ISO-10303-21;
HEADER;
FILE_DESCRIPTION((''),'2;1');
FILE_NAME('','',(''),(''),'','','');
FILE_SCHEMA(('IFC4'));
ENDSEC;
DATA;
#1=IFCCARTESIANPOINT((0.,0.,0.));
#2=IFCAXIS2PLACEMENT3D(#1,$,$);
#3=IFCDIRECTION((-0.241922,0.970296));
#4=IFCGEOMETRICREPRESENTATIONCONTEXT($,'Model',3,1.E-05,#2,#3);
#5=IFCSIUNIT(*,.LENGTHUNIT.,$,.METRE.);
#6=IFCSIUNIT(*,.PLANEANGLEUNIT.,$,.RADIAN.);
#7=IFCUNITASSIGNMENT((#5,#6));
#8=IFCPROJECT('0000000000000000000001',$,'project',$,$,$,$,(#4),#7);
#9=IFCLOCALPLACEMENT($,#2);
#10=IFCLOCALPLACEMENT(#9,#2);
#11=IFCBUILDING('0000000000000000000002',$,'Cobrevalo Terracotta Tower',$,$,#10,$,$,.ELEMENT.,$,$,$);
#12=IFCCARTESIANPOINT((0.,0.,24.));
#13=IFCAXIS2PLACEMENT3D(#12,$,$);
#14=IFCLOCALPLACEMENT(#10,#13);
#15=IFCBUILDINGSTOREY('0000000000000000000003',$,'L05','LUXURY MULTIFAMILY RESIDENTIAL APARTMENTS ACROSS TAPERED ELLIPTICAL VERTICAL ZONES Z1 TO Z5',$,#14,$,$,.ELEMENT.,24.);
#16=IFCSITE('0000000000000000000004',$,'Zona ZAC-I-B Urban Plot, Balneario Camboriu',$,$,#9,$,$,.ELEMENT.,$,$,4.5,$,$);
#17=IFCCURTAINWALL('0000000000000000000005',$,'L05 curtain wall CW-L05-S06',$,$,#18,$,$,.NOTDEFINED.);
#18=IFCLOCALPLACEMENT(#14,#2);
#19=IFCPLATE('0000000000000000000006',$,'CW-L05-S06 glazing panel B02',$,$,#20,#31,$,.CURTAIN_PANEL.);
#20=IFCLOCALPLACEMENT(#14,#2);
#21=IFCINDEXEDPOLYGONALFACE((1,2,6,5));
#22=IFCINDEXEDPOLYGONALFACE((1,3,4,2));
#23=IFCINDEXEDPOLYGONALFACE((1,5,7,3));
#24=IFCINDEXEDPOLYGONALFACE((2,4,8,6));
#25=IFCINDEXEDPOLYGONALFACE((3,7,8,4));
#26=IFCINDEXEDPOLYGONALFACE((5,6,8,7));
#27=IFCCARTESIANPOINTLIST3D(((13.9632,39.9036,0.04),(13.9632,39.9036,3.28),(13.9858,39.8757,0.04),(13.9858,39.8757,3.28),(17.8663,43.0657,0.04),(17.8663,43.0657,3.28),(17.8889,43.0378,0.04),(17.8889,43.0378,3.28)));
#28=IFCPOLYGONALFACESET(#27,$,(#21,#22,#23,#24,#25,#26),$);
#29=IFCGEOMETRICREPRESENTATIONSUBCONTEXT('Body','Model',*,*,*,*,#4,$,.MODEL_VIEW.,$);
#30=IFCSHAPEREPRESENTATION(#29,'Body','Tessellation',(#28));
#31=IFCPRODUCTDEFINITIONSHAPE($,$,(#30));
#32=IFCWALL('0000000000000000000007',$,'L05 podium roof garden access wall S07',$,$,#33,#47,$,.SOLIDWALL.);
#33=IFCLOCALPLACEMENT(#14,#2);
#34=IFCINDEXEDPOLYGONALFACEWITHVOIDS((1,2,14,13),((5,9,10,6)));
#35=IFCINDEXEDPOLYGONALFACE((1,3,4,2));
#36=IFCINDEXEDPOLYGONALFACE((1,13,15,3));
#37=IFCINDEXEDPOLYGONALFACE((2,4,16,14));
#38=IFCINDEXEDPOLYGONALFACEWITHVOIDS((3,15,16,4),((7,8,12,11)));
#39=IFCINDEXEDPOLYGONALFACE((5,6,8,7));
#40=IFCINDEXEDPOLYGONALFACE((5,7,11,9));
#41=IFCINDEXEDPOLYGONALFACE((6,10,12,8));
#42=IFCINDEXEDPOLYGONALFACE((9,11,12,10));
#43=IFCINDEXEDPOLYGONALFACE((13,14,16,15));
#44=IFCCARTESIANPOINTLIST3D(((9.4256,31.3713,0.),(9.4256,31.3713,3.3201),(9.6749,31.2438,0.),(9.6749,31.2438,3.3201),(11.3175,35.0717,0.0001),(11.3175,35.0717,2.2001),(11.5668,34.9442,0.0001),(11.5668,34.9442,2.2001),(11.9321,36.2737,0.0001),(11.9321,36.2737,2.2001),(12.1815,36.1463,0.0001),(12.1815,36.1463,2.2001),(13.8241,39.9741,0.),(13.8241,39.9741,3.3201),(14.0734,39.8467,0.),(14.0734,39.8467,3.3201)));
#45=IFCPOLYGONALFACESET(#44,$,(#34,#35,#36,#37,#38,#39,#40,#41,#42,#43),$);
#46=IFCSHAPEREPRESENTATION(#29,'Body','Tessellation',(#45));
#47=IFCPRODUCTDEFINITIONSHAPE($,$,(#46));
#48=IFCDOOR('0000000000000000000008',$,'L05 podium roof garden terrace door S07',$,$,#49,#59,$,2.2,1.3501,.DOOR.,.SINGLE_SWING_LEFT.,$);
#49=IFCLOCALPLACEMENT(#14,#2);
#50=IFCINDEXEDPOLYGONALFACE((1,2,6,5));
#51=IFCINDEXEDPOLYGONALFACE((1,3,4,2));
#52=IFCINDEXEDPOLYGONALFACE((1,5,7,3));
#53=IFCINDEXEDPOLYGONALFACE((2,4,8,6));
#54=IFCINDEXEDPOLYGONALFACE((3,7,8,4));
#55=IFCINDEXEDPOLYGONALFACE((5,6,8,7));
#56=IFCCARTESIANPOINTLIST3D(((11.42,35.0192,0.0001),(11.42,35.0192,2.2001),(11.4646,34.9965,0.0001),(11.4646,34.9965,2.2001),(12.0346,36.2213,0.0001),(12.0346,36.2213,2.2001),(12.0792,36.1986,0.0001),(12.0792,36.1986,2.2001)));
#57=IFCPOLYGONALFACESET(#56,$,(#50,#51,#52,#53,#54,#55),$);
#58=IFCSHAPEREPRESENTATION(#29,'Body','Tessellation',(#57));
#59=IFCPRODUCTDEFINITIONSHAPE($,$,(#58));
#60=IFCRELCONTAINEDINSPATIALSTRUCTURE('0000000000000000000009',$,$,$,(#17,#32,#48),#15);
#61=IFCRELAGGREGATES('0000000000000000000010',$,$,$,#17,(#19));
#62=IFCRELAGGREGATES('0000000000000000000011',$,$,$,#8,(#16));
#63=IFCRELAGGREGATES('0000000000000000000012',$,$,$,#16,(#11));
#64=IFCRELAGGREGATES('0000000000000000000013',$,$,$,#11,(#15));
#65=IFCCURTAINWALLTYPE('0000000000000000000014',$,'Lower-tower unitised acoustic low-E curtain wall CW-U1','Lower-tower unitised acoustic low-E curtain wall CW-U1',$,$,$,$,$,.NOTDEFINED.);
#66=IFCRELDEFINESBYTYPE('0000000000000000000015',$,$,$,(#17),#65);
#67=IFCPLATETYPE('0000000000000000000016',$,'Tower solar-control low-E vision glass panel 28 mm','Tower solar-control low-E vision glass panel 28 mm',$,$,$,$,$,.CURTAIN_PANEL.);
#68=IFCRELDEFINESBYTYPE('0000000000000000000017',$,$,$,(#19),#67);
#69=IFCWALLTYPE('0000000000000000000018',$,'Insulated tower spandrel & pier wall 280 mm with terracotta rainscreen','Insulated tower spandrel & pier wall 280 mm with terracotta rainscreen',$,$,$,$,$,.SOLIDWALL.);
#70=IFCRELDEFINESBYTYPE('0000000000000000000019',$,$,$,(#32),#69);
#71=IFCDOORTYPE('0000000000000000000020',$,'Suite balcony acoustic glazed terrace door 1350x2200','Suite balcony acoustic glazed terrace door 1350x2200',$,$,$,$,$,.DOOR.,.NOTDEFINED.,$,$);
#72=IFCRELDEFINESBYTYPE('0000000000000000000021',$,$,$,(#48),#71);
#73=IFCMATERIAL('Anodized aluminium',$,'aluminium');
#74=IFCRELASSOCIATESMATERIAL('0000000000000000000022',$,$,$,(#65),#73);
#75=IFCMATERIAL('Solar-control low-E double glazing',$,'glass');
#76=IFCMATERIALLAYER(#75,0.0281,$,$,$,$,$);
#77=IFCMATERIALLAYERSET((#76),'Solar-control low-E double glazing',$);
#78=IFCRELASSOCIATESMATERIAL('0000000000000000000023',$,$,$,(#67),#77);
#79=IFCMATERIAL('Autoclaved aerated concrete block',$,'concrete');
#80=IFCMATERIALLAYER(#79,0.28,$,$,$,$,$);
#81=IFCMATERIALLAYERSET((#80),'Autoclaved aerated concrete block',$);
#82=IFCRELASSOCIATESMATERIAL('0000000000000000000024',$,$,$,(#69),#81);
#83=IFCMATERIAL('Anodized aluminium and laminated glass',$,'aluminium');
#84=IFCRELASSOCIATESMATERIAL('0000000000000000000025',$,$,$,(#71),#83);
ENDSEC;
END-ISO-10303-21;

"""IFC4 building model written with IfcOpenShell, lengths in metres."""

from ifc_helpers import new_model, si_unit, direction, frame, frame_2d, origin, origin_2d, place, context, subcontext, project, spatial, rectangle, extrude, source, transform, mapped, material, layer, layer_set, type_object, element, fill, aggregate, save


model = new_model("IFC4")

# Units and contexts
model_context = context("Model", 3, precision=1e-05, world=origin(), true_north=direction((-0.241922, 0.970296)))
body_context = subcontext(model_context, "Body", "Model", "MODEL_VIEW")
ifc_project = project(units=[si_unit("LENGTHUNIT", "METRE"), si_unit("PLANEANGLEUNIT", "RADIAN")], contexts=[model_context])

# Site, building, storey
site_placement = place(None, origin())
site = spatial("IfcSite", under=ifc_project, at=site_placement, Name="Zona ZAC-I-B Urban Plot, Balneario Camboriu", CompositionType="ELEMENT", RefElevation=4.5)
building_placement = place(site_placement, origin())
building = spatial("IfcBuilding", under=site, at=building_placement, Name="Cobrevalo Terracotta Tower", CompositionType="ELEMENT")
storey_placement = place(building_placement, frame((0.0, 0.0, 24.0)))
storey = spatial("IfcBuildingStorey", under=building, at=storey_placement, Name="L05", Description="LUXURY MULTIFAMILY RESIDENTIAL APARTMENTS ACROSS TAPERED ELLIPTICAL VERTICAL ZONES Z1 TO Z5", CompositionType="ELEMENT", Elevation=24.0)

# Curtain wall, plate
ifc_material_1 = material(Name="Anodized aluminium", Category="aluminium")
curtain_wall_type = type_object("IfcCurtainWallType", Name="Lower-tower unitised acoustic low-E curtain wall CW-U1", Description="Lower-tower unitised acoustic low-E curtain wall CW-U1", PredefinedType="NOTDEFINED", material=ifc_material_1)
curtain_wall_placement = place(storey_placement, origin())
curtain_wall = element("IfcCurtainWall", 1, at=curtain_wall_placement, inside=storey, type_object=curtain_wall_type, Name="L05 curtain wall CW-L05-S06", PredefinedType="NOTDEFINED")
ifc_material_2 = material(Name="Solar-control low-E double glazing", Category="glass")
ifc_layer_1 = layer(ifc_material_2, 0.0281)
ifc_layer_set_1 = layer_set([ifc_layer_1], Name="Solar-control low-E double glazing")
plate_type = type_object("IfcPlateType", Name="Tower solar-control low-E vision glass panel 28 mm", Description="Tower solar-control low-E vision glass panel 28 mm", PredefinedType="CURTAIN_PANEL", material=ifc_layer_set_1)
shared_shape_1 = source(origin(), body_context, "Body", "SweptSolid", [
    extrude(rectangle(XDim=5.0232, YDim=0.0359, at=origin_2d()), origin(), (0.0, 0.0, 1.0), 3.24),
])
plate_1_placement = place(storey_placement, frame((15.926, 41.4707, 0.04), z_axis=(0.0, 0.0, 1.0), x_axis=(-0.777008, -0.629491, 0.0)))
plate_1 = element("IfcPlate", 2, at=plate_1_placement, type_object=plate_type, Name="CW-L05-S06 glazing panel B02", PredefinedType="CURTAIN_PANEL", context=body_context, shape_type="MappedRepresentation", body=[
    mapped(shared_shape_1, transform((0.0, 0.0, 0.0), scale=1.0)),
])
aggregate(curtain_wall, [plate_1])

# Wall, opening, door
ifc_material_3 = material(Name="Autoclaved aerated concrete block", Category="concrete")
ifc_layer_2 = layer(ifc_material_3, 0.28)
ifc_layer_set_2 = layer_set([ifc_layer_2], Name="Autoclaved aerated concrete block")
wall_type = type_object("IfcWallType", Name="Insulated tower spandrel & pier wall 280 mm with terracotta rainscreen", Description="Insulated tower spandrel & pier wall 280 mm with terracotta rainscreen", PredefinedType="SOLIDWALL", material=ifc_layer_set_2)
wall_placement = place(storey_placement, frame((13.9487, 39.9104, 0.0), z_axis=(0.0, 0.0, 1.0), x_axis=(-0.455231, -0.890373, 0.0)))
wall = element("IfcWall", 3, at=wall_placement, inside=storey, type_object=wall_type, Name="L05 podium roof garden access wall S07", PredefinedType="SOLIDWALL", context=body_context, shape_type="SweptSolid", body=[
    extrude(rectangle(XDim=9.6621, YDim=0.28, at=frame_2d((4.8311, 0.0))), origin(), (0.0, 0.0, 1.0), 3.3201),
])
opening_placement = place(wall_placement, frame((4.156, 0.0, 0.0)))
opening = element("IfcOpeningElement", 4, at=opening_placement, cuts=wall, PredefinedType="OPENING", context=body_context, shape_type="SweptSolid", body=[
    extrude(rectangle(XDim=1.3501, YDim=2.2, at=frame_2d((0.675, 1.1001))), frame((0.0, 0.1499, 0.0), z_axis=(0.0, -1.0, 0.0), x_axis=(1.0, 0.0, 0.0)), (0.0, 0.0, 1.0), 0.3),
])
ifc_material_4 = material(Name="Anodized aluminium and laminated glass", Category="aluminium")
door_type = type_object("IfcDoorType", Name="Suite balcony acoustic glazed terrace door 1350x2200", Description="Suite balcony acoustic glazed terrace door 1350x2200", OperationType="NOTDEFINED", PredefinedType="DOOR", material=ifc_material_4)
shared_shape_2 = source(origin(), body_context, "Body", "SweptSolid", [
    extrude(rectangle(XDim=1.3501, YDim=2.2, at=frame_2d((0.675, 1.1001))), frame((0.0, 0.0249, 0.0), z_axis=(0.0, -1.0, 0.0), x_axis=(1.0, 0.0, 0.0)), (0.0, 0.0, 1.0), 0.05),
])
door_placement = place(opening_placement, frame((1.3501, 0.0, 0.0), z_axis=(0.0, 0.0, 1.0), x_axis=(-1.0, 0.0, 0.0)))
door = element("IfcDoor", 5, at=door_placement, inside=storey, type_object=door_type, Name="L05 podium roof garden terrace door S07", OperationType="SINGLE_SWING_LEFT", OverallHeight=2.2, OverallWidth=1.3501, PredefinedType="DOOR", context=body_context, shape_type="MappedRepresentation", body=[
    mapped(shared_shape_2, transform((0.0, 0.0, 0.0), scale=1.0)),
])
fill(opening, door)

save(model, "model.ifc")
